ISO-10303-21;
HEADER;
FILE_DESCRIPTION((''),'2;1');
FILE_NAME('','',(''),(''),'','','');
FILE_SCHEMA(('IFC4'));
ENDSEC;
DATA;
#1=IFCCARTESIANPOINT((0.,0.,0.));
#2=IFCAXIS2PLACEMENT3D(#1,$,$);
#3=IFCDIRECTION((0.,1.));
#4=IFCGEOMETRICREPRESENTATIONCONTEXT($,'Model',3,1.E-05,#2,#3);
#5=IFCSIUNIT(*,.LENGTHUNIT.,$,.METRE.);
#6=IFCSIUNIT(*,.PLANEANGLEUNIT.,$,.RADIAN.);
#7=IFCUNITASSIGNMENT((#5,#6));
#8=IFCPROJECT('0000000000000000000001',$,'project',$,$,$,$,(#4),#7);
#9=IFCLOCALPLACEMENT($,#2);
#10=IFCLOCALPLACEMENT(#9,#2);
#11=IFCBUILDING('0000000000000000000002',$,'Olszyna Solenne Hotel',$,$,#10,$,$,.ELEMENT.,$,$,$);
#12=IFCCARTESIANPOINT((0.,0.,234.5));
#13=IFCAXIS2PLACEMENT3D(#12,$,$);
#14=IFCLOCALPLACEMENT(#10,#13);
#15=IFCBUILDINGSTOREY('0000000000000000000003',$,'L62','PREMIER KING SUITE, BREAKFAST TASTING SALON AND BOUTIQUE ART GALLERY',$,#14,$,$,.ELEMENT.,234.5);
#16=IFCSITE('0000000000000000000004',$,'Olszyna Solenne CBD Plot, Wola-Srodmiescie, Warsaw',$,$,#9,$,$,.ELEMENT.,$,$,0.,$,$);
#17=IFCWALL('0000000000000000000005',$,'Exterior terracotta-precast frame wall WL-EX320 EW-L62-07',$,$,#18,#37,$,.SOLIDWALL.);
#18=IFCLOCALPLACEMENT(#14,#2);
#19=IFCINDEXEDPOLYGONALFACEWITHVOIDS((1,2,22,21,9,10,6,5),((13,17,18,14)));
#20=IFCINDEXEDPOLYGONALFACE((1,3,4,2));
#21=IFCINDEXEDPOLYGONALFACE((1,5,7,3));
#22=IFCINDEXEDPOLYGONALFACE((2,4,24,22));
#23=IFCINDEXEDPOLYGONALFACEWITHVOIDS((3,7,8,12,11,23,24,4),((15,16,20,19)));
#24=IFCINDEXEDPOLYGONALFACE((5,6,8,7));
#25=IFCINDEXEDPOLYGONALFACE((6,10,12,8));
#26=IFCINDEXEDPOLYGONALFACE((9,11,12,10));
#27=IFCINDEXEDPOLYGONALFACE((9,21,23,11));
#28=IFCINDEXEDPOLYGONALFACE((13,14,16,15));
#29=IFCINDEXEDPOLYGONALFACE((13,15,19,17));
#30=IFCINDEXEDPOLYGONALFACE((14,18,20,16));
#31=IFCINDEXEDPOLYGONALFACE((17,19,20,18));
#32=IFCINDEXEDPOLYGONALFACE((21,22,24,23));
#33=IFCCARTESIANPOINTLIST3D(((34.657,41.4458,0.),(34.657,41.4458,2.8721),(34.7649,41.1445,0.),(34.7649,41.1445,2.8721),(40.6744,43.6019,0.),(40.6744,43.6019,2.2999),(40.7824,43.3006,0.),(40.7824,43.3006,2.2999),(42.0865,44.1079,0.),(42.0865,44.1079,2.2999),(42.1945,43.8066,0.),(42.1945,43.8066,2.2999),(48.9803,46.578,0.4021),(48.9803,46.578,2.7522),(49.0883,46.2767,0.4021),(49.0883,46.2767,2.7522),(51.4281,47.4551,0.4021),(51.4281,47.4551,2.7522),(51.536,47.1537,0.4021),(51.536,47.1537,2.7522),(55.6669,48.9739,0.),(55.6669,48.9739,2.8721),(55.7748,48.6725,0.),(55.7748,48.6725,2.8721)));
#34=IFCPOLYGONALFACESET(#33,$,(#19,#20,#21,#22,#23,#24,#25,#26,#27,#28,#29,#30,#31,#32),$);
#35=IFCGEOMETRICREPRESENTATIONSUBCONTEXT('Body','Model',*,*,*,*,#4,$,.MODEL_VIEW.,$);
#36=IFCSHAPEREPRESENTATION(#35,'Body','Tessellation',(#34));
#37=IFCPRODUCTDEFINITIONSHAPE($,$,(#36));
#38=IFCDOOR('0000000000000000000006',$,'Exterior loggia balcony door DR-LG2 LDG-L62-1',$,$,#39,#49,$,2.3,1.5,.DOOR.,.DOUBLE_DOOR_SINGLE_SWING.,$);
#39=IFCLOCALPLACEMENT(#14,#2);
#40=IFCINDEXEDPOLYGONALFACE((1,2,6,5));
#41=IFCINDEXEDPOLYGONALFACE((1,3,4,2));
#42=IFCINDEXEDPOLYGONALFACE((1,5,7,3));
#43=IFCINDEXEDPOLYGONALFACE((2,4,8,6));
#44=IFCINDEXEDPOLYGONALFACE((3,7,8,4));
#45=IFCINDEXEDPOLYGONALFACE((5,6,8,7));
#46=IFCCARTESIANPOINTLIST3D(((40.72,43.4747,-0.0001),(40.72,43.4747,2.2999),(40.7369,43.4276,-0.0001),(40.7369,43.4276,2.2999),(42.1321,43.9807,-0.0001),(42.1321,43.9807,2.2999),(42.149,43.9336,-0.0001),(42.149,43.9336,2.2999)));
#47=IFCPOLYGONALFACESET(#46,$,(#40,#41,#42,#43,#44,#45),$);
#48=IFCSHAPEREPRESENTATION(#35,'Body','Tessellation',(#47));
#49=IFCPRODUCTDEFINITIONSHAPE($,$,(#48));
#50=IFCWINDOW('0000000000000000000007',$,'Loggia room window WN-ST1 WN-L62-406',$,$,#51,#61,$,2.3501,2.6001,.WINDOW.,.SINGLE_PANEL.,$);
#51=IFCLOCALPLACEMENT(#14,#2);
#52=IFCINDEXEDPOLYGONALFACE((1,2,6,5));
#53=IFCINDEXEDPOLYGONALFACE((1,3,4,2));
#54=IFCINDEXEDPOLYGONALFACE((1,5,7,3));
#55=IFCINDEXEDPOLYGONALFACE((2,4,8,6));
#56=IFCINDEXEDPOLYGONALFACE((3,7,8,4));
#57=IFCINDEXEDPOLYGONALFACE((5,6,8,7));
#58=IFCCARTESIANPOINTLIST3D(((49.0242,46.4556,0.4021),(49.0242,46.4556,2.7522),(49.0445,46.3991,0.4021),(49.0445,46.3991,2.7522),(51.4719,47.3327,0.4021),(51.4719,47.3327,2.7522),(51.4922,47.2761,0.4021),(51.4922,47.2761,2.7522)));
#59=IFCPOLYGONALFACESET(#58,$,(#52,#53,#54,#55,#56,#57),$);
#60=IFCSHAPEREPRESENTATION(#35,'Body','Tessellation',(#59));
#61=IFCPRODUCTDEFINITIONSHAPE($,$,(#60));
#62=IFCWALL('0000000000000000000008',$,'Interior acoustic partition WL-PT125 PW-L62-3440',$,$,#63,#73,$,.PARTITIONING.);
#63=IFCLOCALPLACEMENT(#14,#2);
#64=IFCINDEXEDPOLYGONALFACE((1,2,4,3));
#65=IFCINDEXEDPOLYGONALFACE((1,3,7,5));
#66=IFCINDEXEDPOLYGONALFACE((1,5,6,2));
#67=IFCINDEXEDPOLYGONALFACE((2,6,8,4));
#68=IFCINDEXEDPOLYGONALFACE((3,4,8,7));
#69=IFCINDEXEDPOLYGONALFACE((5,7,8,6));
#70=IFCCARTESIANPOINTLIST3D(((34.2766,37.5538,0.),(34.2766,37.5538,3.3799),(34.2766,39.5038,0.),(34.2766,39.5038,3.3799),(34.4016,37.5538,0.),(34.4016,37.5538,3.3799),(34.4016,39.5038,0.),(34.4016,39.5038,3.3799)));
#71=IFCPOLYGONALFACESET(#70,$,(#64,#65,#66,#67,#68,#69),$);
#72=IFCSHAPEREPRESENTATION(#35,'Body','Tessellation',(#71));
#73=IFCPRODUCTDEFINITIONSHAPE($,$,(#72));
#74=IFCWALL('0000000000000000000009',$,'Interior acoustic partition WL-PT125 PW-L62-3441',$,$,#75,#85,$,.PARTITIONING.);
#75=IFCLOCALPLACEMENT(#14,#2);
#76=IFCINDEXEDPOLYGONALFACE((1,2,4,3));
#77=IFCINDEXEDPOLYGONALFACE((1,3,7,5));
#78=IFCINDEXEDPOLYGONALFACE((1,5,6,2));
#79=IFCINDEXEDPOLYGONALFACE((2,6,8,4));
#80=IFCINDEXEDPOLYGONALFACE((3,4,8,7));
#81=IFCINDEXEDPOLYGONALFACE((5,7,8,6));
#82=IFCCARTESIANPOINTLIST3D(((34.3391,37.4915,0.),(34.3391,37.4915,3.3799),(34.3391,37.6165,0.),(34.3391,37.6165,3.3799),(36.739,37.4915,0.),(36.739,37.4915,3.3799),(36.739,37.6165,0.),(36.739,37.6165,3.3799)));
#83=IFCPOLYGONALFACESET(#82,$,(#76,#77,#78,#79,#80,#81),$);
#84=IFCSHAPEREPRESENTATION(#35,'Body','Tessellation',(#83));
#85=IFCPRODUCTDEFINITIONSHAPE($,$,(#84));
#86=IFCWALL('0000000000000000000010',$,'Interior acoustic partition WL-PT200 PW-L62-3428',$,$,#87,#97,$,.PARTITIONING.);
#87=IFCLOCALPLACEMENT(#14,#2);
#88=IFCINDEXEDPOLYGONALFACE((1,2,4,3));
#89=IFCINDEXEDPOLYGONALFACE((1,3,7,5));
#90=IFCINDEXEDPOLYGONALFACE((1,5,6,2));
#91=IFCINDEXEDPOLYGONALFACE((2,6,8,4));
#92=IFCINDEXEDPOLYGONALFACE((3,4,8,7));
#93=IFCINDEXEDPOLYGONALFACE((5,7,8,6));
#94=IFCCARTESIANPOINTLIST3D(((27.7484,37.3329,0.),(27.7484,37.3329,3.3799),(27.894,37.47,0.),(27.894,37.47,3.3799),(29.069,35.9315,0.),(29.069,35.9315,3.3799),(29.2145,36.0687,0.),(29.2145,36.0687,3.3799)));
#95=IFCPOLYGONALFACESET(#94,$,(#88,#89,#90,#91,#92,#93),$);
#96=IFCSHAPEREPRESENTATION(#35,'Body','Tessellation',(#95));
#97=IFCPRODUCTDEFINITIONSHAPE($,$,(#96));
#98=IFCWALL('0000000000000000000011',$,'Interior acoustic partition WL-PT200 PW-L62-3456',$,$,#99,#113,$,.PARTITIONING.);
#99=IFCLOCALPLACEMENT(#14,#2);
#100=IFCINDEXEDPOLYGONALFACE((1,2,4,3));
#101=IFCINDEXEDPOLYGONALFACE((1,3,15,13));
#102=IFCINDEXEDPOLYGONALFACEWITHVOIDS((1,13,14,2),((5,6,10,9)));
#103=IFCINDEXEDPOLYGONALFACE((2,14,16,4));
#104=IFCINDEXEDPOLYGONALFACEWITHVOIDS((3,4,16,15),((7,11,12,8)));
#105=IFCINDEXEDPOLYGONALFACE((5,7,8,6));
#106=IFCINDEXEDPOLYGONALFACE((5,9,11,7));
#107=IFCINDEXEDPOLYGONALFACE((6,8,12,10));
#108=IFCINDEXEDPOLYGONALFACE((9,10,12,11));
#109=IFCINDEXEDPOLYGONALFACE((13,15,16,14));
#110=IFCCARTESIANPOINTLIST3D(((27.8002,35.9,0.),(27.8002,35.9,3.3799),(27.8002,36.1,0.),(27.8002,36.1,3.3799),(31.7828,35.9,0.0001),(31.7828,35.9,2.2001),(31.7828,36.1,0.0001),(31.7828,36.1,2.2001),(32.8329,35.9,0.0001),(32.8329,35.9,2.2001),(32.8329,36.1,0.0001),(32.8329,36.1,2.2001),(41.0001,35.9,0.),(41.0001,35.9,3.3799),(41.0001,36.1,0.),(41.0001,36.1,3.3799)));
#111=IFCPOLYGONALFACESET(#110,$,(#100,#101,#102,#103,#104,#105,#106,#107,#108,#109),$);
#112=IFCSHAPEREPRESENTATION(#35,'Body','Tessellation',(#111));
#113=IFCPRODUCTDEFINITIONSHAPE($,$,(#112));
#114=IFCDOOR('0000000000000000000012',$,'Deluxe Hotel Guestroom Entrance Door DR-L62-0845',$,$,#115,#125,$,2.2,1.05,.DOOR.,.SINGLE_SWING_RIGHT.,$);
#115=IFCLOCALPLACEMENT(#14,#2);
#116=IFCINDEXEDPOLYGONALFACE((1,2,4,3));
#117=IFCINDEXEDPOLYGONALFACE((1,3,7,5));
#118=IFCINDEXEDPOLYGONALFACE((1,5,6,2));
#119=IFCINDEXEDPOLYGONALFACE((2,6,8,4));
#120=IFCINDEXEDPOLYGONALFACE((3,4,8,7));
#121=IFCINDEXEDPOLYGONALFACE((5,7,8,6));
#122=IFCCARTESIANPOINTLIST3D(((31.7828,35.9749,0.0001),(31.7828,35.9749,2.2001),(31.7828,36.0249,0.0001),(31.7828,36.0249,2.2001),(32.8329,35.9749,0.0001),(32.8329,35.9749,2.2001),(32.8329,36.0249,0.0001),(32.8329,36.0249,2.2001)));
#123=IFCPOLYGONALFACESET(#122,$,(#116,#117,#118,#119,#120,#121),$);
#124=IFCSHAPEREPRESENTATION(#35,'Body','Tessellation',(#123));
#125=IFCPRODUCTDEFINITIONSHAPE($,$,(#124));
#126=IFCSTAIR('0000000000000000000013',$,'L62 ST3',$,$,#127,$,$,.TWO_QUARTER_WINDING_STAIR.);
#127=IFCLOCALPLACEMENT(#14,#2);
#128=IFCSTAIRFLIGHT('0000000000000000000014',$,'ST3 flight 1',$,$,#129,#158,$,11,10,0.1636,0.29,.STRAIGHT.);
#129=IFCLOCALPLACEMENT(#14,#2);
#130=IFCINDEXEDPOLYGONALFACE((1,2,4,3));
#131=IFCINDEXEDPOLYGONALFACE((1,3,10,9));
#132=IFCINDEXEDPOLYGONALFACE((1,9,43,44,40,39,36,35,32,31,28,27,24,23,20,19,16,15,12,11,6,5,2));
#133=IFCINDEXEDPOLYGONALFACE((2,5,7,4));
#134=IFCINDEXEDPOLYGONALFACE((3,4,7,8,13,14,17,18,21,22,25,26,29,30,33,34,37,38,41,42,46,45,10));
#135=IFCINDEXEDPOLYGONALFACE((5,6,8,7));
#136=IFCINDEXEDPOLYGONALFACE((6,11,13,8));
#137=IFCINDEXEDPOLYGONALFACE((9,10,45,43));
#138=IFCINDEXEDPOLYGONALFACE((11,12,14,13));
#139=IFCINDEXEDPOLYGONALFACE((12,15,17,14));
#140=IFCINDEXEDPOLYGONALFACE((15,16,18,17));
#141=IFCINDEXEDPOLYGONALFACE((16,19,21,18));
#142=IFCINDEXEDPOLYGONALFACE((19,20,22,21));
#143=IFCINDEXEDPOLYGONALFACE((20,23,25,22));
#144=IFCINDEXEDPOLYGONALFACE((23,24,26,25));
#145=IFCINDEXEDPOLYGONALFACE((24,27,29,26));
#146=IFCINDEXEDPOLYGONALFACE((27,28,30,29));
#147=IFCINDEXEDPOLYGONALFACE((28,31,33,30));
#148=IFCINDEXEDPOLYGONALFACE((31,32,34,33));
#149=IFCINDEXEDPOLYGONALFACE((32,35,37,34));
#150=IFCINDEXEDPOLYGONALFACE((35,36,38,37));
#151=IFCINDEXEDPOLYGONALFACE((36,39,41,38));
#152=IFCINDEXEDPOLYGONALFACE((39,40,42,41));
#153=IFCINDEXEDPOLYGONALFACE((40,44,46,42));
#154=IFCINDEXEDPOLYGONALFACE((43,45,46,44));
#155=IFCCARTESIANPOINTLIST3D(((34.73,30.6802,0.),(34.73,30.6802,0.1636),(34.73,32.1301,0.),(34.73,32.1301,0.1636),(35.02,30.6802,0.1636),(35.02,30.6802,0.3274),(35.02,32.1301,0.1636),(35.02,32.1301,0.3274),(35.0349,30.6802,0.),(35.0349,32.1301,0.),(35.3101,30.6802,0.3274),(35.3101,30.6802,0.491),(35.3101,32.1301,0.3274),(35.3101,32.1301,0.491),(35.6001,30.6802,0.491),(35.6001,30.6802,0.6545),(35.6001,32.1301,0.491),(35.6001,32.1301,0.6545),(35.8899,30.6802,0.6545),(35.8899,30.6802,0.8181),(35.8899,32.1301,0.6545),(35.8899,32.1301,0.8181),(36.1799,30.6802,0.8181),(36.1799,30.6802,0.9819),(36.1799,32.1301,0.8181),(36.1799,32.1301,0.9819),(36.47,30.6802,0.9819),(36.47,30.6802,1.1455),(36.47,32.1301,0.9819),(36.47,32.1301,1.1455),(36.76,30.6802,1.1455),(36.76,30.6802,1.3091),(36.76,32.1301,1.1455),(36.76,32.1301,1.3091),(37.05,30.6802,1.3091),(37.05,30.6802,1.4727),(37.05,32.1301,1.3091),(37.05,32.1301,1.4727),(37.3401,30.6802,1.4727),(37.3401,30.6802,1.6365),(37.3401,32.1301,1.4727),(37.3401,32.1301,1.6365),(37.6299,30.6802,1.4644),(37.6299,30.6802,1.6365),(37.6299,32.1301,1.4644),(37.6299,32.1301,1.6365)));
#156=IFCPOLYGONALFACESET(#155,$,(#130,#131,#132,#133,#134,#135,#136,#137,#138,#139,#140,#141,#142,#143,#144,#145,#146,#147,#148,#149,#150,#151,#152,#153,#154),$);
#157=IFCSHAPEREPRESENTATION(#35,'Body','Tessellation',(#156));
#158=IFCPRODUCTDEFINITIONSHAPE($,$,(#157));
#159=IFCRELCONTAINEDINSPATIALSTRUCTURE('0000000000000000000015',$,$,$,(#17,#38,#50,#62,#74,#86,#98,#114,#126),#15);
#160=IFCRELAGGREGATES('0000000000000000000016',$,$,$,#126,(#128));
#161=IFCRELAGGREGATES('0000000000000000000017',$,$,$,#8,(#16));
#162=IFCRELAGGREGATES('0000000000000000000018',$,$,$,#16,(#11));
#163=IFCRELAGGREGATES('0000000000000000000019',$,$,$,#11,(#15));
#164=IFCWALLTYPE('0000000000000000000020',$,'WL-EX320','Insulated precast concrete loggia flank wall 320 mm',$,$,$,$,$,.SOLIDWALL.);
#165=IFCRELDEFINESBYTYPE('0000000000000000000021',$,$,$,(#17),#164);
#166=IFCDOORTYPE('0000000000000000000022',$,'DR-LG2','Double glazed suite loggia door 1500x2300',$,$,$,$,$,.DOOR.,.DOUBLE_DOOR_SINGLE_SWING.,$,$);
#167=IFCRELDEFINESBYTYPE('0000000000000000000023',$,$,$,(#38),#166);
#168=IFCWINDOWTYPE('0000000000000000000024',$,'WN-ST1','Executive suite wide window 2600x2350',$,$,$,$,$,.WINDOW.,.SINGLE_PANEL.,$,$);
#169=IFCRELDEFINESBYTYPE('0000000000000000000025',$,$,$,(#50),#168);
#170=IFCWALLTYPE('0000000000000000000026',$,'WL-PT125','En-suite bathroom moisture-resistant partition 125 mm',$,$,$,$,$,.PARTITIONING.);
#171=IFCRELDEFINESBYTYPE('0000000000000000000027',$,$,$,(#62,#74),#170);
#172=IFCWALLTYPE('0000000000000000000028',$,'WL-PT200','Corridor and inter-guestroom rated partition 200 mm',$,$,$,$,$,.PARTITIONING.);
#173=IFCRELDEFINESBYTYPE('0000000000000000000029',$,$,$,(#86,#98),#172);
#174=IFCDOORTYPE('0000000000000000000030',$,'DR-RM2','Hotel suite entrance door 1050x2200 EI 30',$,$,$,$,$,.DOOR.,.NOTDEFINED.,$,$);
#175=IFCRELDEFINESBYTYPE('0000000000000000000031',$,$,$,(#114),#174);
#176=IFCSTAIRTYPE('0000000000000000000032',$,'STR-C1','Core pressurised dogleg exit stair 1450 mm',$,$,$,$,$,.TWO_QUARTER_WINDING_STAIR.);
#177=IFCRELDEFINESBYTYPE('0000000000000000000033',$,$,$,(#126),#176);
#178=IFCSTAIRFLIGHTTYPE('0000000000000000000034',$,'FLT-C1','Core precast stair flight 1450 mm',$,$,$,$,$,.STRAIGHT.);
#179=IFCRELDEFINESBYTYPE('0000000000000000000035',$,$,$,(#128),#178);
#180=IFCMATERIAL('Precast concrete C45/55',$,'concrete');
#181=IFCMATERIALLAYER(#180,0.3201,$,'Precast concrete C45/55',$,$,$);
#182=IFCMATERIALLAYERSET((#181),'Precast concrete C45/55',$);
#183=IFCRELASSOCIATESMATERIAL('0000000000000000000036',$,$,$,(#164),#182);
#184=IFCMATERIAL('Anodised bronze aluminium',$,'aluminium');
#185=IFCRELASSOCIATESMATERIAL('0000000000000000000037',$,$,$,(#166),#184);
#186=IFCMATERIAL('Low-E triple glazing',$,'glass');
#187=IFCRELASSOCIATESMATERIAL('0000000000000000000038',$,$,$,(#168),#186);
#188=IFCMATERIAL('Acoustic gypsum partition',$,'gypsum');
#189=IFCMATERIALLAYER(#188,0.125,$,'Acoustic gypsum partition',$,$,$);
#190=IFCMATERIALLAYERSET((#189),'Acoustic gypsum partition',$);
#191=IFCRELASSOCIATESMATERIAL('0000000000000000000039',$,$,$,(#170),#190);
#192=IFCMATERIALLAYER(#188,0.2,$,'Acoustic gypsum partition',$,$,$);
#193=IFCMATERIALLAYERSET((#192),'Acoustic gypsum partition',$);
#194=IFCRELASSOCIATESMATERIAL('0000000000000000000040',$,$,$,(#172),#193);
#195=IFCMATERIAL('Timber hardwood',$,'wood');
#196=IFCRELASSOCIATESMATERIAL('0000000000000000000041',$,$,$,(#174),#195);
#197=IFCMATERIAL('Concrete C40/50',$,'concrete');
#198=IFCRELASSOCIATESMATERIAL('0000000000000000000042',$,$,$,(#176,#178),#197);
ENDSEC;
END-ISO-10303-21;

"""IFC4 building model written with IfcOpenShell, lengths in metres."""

from ifc_helpers import new_model, si_unit, direction, frame, frame_2d, origin, place, context, subcontext, project, spatial, polyline, rectangle, outline, extrude, source, transform, mapped, material, layer, layer_set, type_object, type_shapes, element, fill, aggregate, save


model = new_model("IFC4")

# Units and contexts
model_context = context("Model", 3, precision=1e-05, world=origin(), true_north=direction((0.0, 1.0)))
body_context = subcontext(model_context, "Body", "Model", "MODEL_VIEW")
ifc_project = project(units=[si_unit("LENGTHUNIT", "METRE"), si_unit("PLANEANGLEUNIT", "RADIAN")], contexts=[model_context])

# Site, building, storey
site_placement = place(None, origin())
site = spatial("IfcSite", under=ifc_project, at=site_placement, Name="Olszyna Solenne CBD Plot, Wola-Srodmiescie, Warsaw", CompositionType="ELEMENT", RefElevation=0.0)
building_placement = place(site_placement, origin())
building = spatial("IfcBuilding", under=site, at=building_placement, Name="Olszyna Solenne Hotel", CompositionType="ELEMENT")
storey_placement = place(building_placement, frame((0.0, 0.0, 234.5)))
storey = spatial("IfcBuildingStorey", under=building, at=storey_placement, Name="L62", Description="PREMIER KING SUITE, BREAKFAST TASTING SALON AND BOUTIQUE ART GALLERY", CompositionType="ELEMENT", Elevation=234.5)

# Wall, openings, door, window
ifc_material_1 = material(Name="Precast concrete C45/55", Category="concrete")
ifc_layer_1 = layer(ifc_material_1, 0.3201, Name="Precast concrete C45/55")
ifc_layer_set_1 = layer_set([ifc_layer_1], Name="Precast concrete C45/55")
wall_type_1 = type_object("IfcWallType", Name="WL-EX320", Description="Insulated precast concrete loggia flank wall 320 mm", PredefinedType="SOLIDWALL", material=ifc_layer_set_1)
wall_1_placement = place(storey_placement, frame((34.7109, 41.2952, 0.0), z_axis=(0.0, 0.0, 1.0), x_axis=(0.941394, 0.33731, 0.0)))
wall_1 = element("IfcWall", 1, at=wall_1_placement, inside=storey, type_object=wall_type_1, Name="Exterior terracotta-precast frame wall WL-EX320 EW-L62-07", PredefinedType="SOLIDWALL", context=body_context, shape_type="SweptSolid", body=[
    extrude(rectangle(XDim=22.3179, YDim=0.3201, at=frame_2d((11.1589, 0.0))), origin(), (0.0, 0.0, 1.0), 2.8721),
])
opening_1_placement = place(wall_1_placement, frame((6.3921, 0.0, 0.0)))
opening_1 = element("IfcOpeningElement", 2, at=opening_1_placement, cuts=wall_1, PredefinedType="OPENING", context=body_context, shape_type="SweptSolid", body=[
    extrude(rectangle(XDim=1.5, YDim=2.3, at=frame_2d((0.75, 1.1499))), frame((0.0, 0.1699, 0.0), z_axis=(0.0, -1.0, 0.0), x_axis=(1.0, 0.0, 0.0)), (0.0, 0.0, 1.0), 0.3401),
])
opening_2_placement = place(wall_1_placement, frame((15.2151, 0.0, 0.4021)))
opening_2 = element("IfcOpeningElement", 3, at=opening_2_placement, cuts=wall_1, PredefinedType="OPENING", context=body_context, shape_type="SweptSolid", body=[
    extrude(rectangle(XDim=2.6001, YDim=2.3501, at=frame_2d((1.3, 1.175))), frame((0.0, 0.1699, 0.0), z_axis=(0.0, -1.0, 0.0), x_axis=(1.0, 0.0, 0.0)), (0.0, 0.0, 1.0), 0.3401),
])
ifc_material_2 = material(Name="Anodised bronze aluminium", Category="aluminium")
door_type_1 = type_object("IfcDoorType", Name="DR-LG2", Description="Double glazed suite loggia door 1500x2300", OperationType="DOUBLE_DOOR_SINGLE_SWING", PredefinedType="DOOR", material=ifc_material_2)
shared_shape_1 = source(origin(), body_context, "Body", "SweptSolid", [
    extrude(rectangle(XDim=1.5, YDim=2.3, at=frame_2d((0.75, 1.1499))), frame((0.0, 0.0249, 0.0), z_axis=(0.0, -1.0, 0.0), x_axis=(1.0, 0.0, 0.0)), (0.0, 0.0, 1.0), 0.05),
])
type_shapes(door_type_1, [shared_shape_1])
door_1_placement = place(opening_1_placement, origin())
door_1 = element("IfcDoor", 4, at=door_1_placement, inside=storey, type_object=door_type_1, Name="Exterior loggia balcony door DR-LG2 LDG-L62-1", OperationType="DOUBLE_DOOR_SINGLE_SWING", OverallHeight=2.3, OverallWidth=1.5, PredefinedType="DOOR", context=body_context, shape_type="MappedRepresentation", body=[
    mapped(shared_shape_1, transform((0.0, 0.0, 0.0), x_axis=(1.0, 0.0, 0.0), y_axis=(0.0, 1.0, 0.0), z_axis=(0.0, 0.0, 1.0), scale=1.0)),
])
fill(opening_1, door_1)
ifc_material_3 = material(Name="Low-E triple glazing", Category="glass")
window_type = type_object("IfcWindowType", Name="WN-ST1", Description="Executive suite wide window 2600x2350", PartitioningType="SINGLE_PANEL", PredefinedType="WINDOW", material=ifc_material_3)
shared_shape_2 = source(origin(), body_context, "Body", "SweptSolid", [
    extrude(rectangle(XDim=2.6001, YDim=2.3501, at=frame_2d((1.3, 1.175))), frame((0.0, 0.03, 0.0), z_axis=(0.0, -1.0, 0.0), x_axis=(1.0, 0.0, 0.0)), (0.0, 0.0, 1.0), 0.0601),
])
type_shapes(window_type, [shared_shape_2])
window_placement = place(opening_2_placement, origin())
window = element("IfcWindow", 5, at=window_placement, inside=storey, type_object=window_type, Name="Loggia room window WN-ST1 WN-L62-406", OverallHeight=2.3501, OverallWidth=2.6001, PartitioningType="SINGLE_PANEL", PredefinedType="WINDOW", context=body_context, shape_type="MappedRepresentation", body=[
    mapped(shared_shape_2, transform((0.0, 0.0, 0.0), x_axis=(1.0, 0.0, 0.0), y_axis=(0.0, 1.0, 0.0), z_axis=(0.0, 0.0, 1.0), scale=1.0)),
])
fill(opening_2, window)

# Walls
ifc_material_4 = material(Name="Acoustic gypsum partition", Category="gypsum")
ifc_layer_2 = layer(ifc_material_4, 0.125, Name="Acoustic gypsum partition")
ifc_layer_set_2 = layer_set([ifc_layer_2], Name="Acoustic gypsum partition")
wall_type_2 = type_object("IfcWallType", Name="WL-PT125", Description="En-suite bathroom moisture-resistant partition 125 mm", PredefinedType="PARTITIONING", material=ifc_layer_set_2)
wall_2_placement = place(storey_placement, frame((34.3391, 39.5039, 0.0), z_axis=(0.0, 0.0, 1.0), x_axis=(0.0, -1.0, 0.0)))
element("IfcWall", 6, at=wall_2_placement, inside=storey, type_object=wall_type_2, Name="Interior acoustic partition WL-PT125 PW-L62-3440", PredefinedType="PARTITIONING", context=body_context, shape_type="SweptSolid", body=[
    extrude(rectangle(XDim=1.95, YDim=0.125, at=frame_2d((0.9751, 0.0))), origin(), (0.0, 0.0, 1.0), 3.3799),
])
wall_3_placement = place(storey_placement, frame((34.3391, 37.554, 0.0), z_axis=(0.0, 0.0, 1.0), x_axis=(1.0, 0.0, 0.0)))
element("IfcWall", 7, at=wall_3_placement, inside=storey, type_object=wall_type_2, Name="Interior acoustic partition WL-PT125 PW-L62-3441", PredefinedType="PARTITIONING", context=body_context, shape_type="SweptSolid", body=[
    extrude(rectangle(XDim=2.3999, YDim=0.125, at=frame_2d((1.2, 0.0))), origin(), (0.0, 0.0, 1.0), 3.3799),
])
ifc_layer_3 = layer(ifc_material_4, 0.2, Name="Acoustic gypsum partition")
ifc_layer_set_3 = layer_set([ifc_layer_3], Name="Acoustic gypsum partition")
wall_type_3 = type_object("IfcWallType", Name="WL-PT200", Description="Corridor and inter-guestroom rated partition 200 mm", PredefinedType="PARTITIONING", material=ifc_layer_set_3)
wall_4_placement = place(storey_placement, frame((29.1418, 36.0, 0.0), z_axis=(0.0, 0.0, 1.0), x_axis=(-0.685811, 0.727779, 0.0)))
element("IfcWall", 8, at=wall_4_placement, inside=storey, type_object=wall_type_3, Name="Interior acoustic partition WL-PT200 PW-L62-3428", PredefinedType="PARTITIONING", context=body_context, shape_type="SweptSolid", body=[
    extrude(rectangle(XDim=1.9255, YDim=0.2, at=frame_2d((0.9629, 0.0))), origin(), (0.0, 0.0, 1.0), 3.3799),
])

# Wall, opening, door
wall_5_placement = place(storey_placement, frame((27.8, 36.0, 0.0), z_axis=(0.0, 0.0, 1.0), x_axis=(1.0, 0.0, 0.0)))
wall_5 = element("IfcWall", 9, at=wall_5_placement, inside=storey, type_object=wall_type_3, Name="Interior acoustic partition WL-PT200 PW-L62-3456", PredefinedType="PARTITIONING", context=body_context, shape_type="SweptSolid", body=[
    extrude(rectangle(XDim=13.2, YDim=0.2, at=frame_2d((6.6001, 0.0))), origin(), (0.0, 0.0, 1.0), 3.3799),
])
opening_3_placement = place(wall_5_placement, frame((3.9829, 0.0, 0.0)))
opening_3 = element("IfcOpeningElement", 10, at=opening_3_placement, cuts=wall_5, PredefinedType="OPENING", context=body_context, shape_type="SweptSolid", body=[
    extrude(rectangle(XDim=1.05, YDim=2.2, at=frame_2d((0.5249, 1.1001))), frame((0.0, 0.1099, 0.0), z_axis=(0.0, -1.0, 0.0), x_axis=(1.0, 0.0, 0.0)), (0.0, 0.0, 1.0), 0.22),
])
ifc_material_5 = material(Name="Timber hardwood", Category="wood")
door_type_2 = type_object("IfcDoorType", Name="DR-RM2", Description="Hotel suite entrance door 1050x2200 EI 30", OperationType="NOTDEFINED", PredefinedType="DOOR", material=ifc_material_5)
shared_shape_3 = source(origin(), body_context, "Body", "SweptSolid", [
    extrude(rectangle(XDim=1.05, YDim=2.2, at=frame_2d((0.5249, 1.1001))), frame((0.0, 0.0249, 0.0), z_axis=(0.0, -1.0, 0.0), x_axis=(1.0, 0.0, 0.0)), (0.0, 0.0, 1.0), 0.05),
])
type_shapes(door_type_2, [shared_shape_3])
door_2_placement = place(opening_3_placement, origin())
door_2 = element("IfcDoor", 11, at=door_2_placement, inside=storey, type_object=door_type_2, Name="Deluxe Hotel Guestroom Entrance Door DR-L62-0845", OperationType="SINGLE_SWING_RIGHT", OverallHeight=2.2, OverallWidth=1.05, PredefinedType="DOOR", context=body_context, shape_type="MappedRepresentation", body=[
    mapped(shared_shape_3, transform((0.0, 0.0, 0.0), x_axis=(1.0, 0.0, 0.0), y_axis=(0.0, 1.0, 0.0), z_axis=(0.0, 0.0, 1.0), scale=1.0)),
])
fill(opening_3, door_2)

# Stair, stair flight
ifc_material_6 = material(Name="Concrete C40/50", Category="concrete")
stair_type = type_object("IfcStairType", Name="STR-C1", Description="Core pressurised dogleg exit stair 1450 mm", PredefinedType="TWO_QUARTER_WINDING_STAIR", material=ifc_material_6)
stair_placement = place(storey_placement, origin())
stair = element("IfcStair", 12, at=stair_placement, inside=storey, type_object=stair_type, Name="L62 ST3", PredefinedType="TWO_QUARTER_WINDING_STAIR")
stair_flight_type = type_object("IfcStairFlightType", Name="FLT-C1", Description="Core precast stair flight 1450 mm", PredefinedType="STRAIGHT", material=ifc_material_6)
stair_flight_placement = place(storey_placement, frame((34.73, 31.405, 0.0), z_axis=(0.0, 0.0, 1.0), x_axis=(1.0, 0.0, 0.0)))
stair_flight = element("IfcStairFlight", 13, at=stair_flight_placement, type_object=stair_flight_type, Name="ST3 flight 1", NumberOfRisers=11, NumberOfTreads=10, PredefinedType="STRAIGHT", RiserHeight=0.1636, TreadLength=0.29, context=body_context, shape_type="SweptSolid", body=[
    extrude(outline(polyline([(0.0, 0.0), (0.0, 0.1636), (0.29, 0.1636), (0.29, 0.3274), (0.5801, 0.3274), (0.5801, 0.491), (0.8701, 0.491), (0.8701, 0.6545), (1.1599, 0.6545), (1.1599, 0.8181), (1.45, 0.8181), (1.45, 0.9819), (1.74, 0.9819), (1.74, 1.1455), (2.03, 1.1455), (2.03, 1.3091), (2.3201, 1.3091), (2.3201, 1.4727), (2.6101, 1.4727), (2.6101, 1.6365), (2.8999, 1.6365), (2.8999, 1.8), (2.8999, 1.4644), (0.3049, 0.0), (0.0, 0.0)])), frame((0.0, 0.7251, 0.0), z_axis=(0.0, -1.0, 0.0), x_axis=(1.0, 0.0, 0.0)), (0.0, 0.0, 1.0), 1.45),
])
aggregate(stair, [stair_flight])

save(model, "model.ifc")
